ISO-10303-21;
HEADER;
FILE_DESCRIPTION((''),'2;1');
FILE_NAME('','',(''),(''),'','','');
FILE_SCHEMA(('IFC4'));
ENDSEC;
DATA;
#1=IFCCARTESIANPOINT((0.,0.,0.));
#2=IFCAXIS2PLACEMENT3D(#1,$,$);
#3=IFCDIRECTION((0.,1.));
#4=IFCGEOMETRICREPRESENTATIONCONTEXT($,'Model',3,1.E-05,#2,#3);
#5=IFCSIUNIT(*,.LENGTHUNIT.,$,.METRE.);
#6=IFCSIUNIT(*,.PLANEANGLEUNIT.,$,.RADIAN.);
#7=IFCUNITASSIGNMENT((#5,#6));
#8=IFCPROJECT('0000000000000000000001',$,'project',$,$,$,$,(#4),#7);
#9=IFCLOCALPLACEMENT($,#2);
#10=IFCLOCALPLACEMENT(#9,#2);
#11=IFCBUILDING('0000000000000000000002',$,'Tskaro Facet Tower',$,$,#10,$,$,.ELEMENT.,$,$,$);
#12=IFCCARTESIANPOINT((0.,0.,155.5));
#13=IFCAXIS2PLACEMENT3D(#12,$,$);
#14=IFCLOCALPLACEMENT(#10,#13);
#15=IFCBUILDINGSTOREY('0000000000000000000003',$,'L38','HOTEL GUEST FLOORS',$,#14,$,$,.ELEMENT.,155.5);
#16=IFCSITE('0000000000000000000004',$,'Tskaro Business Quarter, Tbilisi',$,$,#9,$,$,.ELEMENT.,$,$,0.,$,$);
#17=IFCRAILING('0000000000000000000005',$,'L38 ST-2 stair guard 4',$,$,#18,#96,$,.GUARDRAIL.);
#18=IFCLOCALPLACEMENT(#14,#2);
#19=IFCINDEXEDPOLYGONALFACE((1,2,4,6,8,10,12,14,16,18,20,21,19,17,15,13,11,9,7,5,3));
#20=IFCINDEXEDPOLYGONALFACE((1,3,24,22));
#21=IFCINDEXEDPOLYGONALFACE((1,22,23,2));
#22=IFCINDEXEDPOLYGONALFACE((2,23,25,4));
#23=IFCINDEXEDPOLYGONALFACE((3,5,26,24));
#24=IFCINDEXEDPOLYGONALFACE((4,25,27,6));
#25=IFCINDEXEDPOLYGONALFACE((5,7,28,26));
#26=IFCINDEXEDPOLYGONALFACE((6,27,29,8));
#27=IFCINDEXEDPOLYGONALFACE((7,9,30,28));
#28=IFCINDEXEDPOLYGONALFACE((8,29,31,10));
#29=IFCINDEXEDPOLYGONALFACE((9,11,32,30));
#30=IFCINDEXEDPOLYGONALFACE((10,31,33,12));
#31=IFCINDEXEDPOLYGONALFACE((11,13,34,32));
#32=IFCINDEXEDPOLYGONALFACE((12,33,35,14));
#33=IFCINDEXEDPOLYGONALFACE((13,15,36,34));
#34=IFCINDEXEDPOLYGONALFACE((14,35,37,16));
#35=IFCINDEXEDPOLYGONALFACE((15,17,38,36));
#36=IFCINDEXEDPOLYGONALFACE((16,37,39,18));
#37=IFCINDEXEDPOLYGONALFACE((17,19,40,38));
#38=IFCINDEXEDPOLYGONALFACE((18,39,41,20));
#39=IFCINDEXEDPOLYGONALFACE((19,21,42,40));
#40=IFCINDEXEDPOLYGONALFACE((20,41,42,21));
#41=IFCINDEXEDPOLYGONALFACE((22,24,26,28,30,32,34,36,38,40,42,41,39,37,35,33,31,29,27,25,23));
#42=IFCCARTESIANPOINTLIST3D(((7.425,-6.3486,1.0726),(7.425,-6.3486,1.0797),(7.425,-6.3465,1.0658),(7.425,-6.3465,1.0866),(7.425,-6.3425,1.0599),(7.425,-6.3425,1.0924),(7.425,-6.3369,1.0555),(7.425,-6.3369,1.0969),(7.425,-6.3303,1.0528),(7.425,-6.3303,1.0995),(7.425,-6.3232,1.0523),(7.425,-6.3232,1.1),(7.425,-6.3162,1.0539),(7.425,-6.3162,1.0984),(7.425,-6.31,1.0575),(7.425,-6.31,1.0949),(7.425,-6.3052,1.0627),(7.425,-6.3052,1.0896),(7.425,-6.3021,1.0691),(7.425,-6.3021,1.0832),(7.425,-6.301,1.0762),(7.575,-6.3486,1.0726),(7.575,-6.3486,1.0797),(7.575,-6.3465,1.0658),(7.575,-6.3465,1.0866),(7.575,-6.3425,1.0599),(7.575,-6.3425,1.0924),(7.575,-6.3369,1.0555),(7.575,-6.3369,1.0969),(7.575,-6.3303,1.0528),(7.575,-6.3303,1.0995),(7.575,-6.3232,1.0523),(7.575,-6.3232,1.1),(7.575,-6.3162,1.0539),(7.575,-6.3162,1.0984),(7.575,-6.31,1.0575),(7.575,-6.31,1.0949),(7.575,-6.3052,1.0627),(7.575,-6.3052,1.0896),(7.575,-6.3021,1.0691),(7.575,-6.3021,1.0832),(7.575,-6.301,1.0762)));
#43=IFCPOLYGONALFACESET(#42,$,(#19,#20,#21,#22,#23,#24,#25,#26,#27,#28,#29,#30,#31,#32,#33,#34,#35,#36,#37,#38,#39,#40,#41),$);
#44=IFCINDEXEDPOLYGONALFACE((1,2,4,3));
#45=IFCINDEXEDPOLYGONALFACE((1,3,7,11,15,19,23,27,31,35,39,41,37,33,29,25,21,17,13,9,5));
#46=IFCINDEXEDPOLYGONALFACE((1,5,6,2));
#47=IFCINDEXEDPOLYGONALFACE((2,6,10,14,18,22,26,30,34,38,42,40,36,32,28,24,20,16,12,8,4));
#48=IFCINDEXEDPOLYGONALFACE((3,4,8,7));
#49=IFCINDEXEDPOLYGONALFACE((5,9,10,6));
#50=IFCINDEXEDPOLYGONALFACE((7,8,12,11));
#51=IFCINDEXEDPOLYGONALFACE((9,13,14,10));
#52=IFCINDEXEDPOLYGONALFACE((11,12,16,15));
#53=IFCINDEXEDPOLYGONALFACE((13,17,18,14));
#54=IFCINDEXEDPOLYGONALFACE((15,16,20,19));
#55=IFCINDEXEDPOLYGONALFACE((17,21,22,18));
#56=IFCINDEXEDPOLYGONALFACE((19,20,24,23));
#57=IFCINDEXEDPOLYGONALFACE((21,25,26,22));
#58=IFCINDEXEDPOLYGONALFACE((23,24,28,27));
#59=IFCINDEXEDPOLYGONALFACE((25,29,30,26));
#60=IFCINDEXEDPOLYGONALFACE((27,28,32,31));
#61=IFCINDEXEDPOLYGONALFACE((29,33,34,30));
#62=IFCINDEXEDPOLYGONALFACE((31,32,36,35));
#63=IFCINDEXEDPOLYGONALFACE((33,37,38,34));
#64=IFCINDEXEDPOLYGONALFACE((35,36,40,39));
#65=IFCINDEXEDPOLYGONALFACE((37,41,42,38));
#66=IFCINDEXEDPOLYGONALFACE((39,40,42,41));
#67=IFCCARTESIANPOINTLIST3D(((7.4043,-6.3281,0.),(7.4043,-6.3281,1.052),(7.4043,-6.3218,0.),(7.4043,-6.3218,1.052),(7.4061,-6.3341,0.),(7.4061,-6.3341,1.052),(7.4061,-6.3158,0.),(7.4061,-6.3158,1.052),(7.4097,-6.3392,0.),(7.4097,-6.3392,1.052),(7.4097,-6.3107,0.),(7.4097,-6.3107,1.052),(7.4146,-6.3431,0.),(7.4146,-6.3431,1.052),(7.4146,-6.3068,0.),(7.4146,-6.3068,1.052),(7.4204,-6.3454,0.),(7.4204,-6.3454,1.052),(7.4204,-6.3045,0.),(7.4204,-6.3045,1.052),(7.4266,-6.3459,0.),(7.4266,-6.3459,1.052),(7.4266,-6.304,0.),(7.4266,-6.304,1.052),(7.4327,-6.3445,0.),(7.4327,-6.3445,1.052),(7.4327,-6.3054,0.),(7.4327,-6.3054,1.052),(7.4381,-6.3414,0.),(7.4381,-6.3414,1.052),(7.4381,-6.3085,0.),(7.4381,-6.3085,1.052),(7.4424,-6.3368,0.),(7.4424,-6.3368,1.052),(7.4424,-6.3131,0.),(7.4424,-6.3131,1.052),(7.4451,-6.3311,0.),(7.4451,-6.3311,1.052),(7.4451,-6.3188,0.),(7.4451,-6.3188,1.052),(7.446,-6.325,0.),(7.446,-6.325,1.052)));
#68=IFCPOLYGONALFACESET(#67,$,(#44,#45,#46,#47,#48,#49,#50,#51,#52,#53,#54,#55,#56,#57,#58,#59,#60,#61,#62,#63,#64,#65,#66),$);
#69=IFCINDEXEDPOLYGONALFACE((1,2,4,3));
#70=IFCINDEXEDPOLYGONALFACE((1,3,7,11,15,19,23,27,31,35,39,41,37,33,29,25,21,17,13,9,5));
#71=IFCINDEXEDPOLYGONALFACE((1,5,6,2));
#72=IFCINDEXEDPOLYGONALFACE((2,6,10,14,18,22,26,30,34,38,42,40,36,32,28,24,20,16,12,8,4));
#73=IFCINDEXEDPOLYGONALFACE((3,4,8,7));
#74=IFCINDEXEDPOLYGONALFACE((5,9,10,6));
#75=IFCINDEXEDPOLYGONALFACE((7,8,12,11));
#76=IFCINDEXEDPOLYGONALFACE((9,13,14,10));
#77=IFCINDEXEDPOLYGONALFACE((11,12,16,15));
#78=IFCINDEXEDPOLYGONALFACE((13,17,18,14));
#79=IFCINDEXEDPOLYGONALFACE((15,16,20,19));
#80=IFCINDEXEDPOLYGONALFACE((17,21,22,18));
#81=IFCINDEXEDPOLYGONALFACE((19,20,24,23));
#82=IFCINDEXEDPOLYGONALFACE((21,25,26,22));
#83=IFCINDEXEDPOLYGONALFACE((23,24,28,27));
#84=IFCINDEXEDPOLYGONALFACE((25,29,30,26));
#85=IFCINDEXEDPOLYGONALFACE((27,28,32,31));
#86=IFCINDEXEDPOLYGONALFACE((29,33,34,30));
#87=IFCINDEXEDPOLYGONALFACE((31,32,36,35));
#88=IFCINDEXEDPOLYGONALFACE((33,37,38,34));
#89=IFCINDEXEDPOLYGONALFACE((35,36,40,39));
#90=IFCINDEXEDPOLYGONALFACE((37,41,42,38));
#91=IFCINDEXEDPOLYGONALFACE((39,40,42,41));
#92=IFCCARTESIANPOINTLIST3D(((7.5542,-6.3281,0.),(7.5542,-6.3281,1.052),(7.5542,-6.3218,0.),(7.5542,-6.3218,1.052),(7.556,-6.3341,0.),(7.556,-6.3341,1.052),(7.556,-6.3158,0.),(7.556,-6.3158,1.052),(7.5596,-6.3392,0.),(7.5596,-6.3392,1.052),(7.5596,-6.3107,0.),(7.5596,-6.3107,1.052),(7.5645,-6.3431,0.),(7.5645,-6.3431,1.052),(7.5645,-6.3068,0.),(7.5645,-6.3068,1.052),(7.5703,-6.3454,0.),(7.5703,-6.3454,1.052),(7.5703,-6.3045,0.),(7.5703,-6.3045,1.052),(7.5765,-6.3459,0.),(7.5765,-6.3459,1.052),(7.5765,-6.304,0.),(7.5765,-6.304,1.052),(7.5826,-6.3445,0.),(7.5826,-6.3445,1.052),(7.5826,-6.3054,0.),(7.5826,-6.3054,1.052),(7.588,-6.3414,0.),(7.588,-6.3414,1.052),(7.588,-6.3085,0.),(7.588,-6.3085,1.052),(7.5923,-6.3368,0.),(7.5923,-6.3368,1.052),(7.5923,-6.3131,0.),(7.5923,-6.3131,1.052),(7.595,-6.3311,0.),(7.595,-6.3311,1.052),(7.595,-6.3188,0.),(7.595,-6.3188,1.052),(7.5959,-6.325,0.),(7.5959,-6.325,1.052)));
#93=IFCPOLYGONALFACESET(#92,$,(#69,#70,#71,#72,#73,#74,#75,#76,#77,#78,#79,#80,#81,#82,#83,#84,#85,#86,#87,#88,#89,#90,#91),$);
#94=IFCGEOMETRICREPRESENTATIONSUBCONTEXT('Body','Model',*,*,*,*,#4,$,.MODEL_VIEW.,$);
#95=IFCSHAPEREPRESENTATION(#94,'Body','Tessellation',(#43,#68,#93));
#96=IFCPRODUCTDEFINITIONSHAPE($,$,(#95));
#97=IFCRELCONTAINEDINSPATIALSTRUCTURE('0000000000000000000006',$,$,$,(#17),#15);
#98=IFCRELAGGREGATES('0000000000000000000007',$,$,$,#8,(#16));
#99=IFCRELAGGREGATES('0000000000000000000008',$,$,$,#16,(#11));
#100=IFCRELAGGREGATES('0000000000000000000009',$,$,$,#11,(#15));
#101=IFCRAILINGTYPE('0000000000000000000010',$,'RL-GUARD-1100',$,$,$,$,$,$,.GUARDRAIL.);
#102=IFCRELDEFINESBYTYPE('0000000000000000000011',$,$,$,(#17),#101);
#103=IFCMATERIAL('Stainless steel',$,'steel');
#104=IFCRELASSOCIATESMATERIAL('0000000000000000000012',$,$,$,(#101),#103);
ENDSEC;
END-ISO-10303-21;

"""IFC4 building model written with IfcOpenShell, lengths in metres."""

from ifc_helpers import new_model, si_unit, direction, frame, origin, origin_2d, place, context, subcontext, project, spatial, circle, extrude, material, type_object, element, save


model = new_model("IFC4")

# Units and contexts
model_context = context("Model", 3, precision=1e-05, world=origin(), true_north=direction((0.0, 1.0)))
body_context = subcontext(model_context, "Body", "Model", "MODEL_VIEW")
ifc_project = project(units=[si_unit("LENGTHUNIT", "METRE"), si_unit("PLANEANGLEUNIT", "RADIAN")], contexts=[model_context])

# Site, building, storey
site_placement = place(None, origin())
site = spatial("IfcSite", under=ifc_project, at=site_placement, Name="Tskaro Business Quarter, Tbilisi", CompositionType="ELEMENT", RefElevation=0.0)
building_placement = place(site_placement, origin())
building = spatial("IfcBuilding", under=site, at=building_placement, Name="Tskaro Facet Tower", CompositionType="ELEMENT")
storey_placement = place(building_placement, frame((0.0, 0.0, 155.5)))
storey = spatial("IfcBuildingStorey", under=building, at=storey_placement, Name="L38", Description="HOTEL GUEST FLOORS", CompositionType="ELEMENT", Elevation=155.5)

# Railing
ifc_material_1 = material(Name="Stainless steel", Category="steel")
railing_type_1 = type_object("IfcRailingType", Name="RL-GUARD-1100", PredefinedType="GUARDRAIL", material=ifc_material_1)
railing_1_placement = place(storey_placement, frame((7.425, -6.325, 0.0)))
element("IfcRailing", 1, at=railing_1_placement, inside=storey, type_object=railing_type_1, Name="L38 ST-2 stair guard 4", PredefinedType="GUARDRAIL", context=body_context, shape_type="SweptSolid", body=[
    extrude(circle(Radius=0.0239, at=origin_2d()), frame((0.0, 0.0, 1.0762), z_axis=(1.0, 0.0, 0.0), x_axis=(0.0, 1.0, 0.0)), (0.0, 0.0, 1.0), 0.1499),
    extrude(circle(Radius=0.021, at=origin_2d()), origin(), (0.0, 0.0, 1.0), 1.052),
    extrude(circle(Radius=0.021, at=origin_2d()), frame((0.1499, 0.0, 0.0)), (0.0, 0.0, 1.0), 1.052),
])

save(model, "model.ifc")
